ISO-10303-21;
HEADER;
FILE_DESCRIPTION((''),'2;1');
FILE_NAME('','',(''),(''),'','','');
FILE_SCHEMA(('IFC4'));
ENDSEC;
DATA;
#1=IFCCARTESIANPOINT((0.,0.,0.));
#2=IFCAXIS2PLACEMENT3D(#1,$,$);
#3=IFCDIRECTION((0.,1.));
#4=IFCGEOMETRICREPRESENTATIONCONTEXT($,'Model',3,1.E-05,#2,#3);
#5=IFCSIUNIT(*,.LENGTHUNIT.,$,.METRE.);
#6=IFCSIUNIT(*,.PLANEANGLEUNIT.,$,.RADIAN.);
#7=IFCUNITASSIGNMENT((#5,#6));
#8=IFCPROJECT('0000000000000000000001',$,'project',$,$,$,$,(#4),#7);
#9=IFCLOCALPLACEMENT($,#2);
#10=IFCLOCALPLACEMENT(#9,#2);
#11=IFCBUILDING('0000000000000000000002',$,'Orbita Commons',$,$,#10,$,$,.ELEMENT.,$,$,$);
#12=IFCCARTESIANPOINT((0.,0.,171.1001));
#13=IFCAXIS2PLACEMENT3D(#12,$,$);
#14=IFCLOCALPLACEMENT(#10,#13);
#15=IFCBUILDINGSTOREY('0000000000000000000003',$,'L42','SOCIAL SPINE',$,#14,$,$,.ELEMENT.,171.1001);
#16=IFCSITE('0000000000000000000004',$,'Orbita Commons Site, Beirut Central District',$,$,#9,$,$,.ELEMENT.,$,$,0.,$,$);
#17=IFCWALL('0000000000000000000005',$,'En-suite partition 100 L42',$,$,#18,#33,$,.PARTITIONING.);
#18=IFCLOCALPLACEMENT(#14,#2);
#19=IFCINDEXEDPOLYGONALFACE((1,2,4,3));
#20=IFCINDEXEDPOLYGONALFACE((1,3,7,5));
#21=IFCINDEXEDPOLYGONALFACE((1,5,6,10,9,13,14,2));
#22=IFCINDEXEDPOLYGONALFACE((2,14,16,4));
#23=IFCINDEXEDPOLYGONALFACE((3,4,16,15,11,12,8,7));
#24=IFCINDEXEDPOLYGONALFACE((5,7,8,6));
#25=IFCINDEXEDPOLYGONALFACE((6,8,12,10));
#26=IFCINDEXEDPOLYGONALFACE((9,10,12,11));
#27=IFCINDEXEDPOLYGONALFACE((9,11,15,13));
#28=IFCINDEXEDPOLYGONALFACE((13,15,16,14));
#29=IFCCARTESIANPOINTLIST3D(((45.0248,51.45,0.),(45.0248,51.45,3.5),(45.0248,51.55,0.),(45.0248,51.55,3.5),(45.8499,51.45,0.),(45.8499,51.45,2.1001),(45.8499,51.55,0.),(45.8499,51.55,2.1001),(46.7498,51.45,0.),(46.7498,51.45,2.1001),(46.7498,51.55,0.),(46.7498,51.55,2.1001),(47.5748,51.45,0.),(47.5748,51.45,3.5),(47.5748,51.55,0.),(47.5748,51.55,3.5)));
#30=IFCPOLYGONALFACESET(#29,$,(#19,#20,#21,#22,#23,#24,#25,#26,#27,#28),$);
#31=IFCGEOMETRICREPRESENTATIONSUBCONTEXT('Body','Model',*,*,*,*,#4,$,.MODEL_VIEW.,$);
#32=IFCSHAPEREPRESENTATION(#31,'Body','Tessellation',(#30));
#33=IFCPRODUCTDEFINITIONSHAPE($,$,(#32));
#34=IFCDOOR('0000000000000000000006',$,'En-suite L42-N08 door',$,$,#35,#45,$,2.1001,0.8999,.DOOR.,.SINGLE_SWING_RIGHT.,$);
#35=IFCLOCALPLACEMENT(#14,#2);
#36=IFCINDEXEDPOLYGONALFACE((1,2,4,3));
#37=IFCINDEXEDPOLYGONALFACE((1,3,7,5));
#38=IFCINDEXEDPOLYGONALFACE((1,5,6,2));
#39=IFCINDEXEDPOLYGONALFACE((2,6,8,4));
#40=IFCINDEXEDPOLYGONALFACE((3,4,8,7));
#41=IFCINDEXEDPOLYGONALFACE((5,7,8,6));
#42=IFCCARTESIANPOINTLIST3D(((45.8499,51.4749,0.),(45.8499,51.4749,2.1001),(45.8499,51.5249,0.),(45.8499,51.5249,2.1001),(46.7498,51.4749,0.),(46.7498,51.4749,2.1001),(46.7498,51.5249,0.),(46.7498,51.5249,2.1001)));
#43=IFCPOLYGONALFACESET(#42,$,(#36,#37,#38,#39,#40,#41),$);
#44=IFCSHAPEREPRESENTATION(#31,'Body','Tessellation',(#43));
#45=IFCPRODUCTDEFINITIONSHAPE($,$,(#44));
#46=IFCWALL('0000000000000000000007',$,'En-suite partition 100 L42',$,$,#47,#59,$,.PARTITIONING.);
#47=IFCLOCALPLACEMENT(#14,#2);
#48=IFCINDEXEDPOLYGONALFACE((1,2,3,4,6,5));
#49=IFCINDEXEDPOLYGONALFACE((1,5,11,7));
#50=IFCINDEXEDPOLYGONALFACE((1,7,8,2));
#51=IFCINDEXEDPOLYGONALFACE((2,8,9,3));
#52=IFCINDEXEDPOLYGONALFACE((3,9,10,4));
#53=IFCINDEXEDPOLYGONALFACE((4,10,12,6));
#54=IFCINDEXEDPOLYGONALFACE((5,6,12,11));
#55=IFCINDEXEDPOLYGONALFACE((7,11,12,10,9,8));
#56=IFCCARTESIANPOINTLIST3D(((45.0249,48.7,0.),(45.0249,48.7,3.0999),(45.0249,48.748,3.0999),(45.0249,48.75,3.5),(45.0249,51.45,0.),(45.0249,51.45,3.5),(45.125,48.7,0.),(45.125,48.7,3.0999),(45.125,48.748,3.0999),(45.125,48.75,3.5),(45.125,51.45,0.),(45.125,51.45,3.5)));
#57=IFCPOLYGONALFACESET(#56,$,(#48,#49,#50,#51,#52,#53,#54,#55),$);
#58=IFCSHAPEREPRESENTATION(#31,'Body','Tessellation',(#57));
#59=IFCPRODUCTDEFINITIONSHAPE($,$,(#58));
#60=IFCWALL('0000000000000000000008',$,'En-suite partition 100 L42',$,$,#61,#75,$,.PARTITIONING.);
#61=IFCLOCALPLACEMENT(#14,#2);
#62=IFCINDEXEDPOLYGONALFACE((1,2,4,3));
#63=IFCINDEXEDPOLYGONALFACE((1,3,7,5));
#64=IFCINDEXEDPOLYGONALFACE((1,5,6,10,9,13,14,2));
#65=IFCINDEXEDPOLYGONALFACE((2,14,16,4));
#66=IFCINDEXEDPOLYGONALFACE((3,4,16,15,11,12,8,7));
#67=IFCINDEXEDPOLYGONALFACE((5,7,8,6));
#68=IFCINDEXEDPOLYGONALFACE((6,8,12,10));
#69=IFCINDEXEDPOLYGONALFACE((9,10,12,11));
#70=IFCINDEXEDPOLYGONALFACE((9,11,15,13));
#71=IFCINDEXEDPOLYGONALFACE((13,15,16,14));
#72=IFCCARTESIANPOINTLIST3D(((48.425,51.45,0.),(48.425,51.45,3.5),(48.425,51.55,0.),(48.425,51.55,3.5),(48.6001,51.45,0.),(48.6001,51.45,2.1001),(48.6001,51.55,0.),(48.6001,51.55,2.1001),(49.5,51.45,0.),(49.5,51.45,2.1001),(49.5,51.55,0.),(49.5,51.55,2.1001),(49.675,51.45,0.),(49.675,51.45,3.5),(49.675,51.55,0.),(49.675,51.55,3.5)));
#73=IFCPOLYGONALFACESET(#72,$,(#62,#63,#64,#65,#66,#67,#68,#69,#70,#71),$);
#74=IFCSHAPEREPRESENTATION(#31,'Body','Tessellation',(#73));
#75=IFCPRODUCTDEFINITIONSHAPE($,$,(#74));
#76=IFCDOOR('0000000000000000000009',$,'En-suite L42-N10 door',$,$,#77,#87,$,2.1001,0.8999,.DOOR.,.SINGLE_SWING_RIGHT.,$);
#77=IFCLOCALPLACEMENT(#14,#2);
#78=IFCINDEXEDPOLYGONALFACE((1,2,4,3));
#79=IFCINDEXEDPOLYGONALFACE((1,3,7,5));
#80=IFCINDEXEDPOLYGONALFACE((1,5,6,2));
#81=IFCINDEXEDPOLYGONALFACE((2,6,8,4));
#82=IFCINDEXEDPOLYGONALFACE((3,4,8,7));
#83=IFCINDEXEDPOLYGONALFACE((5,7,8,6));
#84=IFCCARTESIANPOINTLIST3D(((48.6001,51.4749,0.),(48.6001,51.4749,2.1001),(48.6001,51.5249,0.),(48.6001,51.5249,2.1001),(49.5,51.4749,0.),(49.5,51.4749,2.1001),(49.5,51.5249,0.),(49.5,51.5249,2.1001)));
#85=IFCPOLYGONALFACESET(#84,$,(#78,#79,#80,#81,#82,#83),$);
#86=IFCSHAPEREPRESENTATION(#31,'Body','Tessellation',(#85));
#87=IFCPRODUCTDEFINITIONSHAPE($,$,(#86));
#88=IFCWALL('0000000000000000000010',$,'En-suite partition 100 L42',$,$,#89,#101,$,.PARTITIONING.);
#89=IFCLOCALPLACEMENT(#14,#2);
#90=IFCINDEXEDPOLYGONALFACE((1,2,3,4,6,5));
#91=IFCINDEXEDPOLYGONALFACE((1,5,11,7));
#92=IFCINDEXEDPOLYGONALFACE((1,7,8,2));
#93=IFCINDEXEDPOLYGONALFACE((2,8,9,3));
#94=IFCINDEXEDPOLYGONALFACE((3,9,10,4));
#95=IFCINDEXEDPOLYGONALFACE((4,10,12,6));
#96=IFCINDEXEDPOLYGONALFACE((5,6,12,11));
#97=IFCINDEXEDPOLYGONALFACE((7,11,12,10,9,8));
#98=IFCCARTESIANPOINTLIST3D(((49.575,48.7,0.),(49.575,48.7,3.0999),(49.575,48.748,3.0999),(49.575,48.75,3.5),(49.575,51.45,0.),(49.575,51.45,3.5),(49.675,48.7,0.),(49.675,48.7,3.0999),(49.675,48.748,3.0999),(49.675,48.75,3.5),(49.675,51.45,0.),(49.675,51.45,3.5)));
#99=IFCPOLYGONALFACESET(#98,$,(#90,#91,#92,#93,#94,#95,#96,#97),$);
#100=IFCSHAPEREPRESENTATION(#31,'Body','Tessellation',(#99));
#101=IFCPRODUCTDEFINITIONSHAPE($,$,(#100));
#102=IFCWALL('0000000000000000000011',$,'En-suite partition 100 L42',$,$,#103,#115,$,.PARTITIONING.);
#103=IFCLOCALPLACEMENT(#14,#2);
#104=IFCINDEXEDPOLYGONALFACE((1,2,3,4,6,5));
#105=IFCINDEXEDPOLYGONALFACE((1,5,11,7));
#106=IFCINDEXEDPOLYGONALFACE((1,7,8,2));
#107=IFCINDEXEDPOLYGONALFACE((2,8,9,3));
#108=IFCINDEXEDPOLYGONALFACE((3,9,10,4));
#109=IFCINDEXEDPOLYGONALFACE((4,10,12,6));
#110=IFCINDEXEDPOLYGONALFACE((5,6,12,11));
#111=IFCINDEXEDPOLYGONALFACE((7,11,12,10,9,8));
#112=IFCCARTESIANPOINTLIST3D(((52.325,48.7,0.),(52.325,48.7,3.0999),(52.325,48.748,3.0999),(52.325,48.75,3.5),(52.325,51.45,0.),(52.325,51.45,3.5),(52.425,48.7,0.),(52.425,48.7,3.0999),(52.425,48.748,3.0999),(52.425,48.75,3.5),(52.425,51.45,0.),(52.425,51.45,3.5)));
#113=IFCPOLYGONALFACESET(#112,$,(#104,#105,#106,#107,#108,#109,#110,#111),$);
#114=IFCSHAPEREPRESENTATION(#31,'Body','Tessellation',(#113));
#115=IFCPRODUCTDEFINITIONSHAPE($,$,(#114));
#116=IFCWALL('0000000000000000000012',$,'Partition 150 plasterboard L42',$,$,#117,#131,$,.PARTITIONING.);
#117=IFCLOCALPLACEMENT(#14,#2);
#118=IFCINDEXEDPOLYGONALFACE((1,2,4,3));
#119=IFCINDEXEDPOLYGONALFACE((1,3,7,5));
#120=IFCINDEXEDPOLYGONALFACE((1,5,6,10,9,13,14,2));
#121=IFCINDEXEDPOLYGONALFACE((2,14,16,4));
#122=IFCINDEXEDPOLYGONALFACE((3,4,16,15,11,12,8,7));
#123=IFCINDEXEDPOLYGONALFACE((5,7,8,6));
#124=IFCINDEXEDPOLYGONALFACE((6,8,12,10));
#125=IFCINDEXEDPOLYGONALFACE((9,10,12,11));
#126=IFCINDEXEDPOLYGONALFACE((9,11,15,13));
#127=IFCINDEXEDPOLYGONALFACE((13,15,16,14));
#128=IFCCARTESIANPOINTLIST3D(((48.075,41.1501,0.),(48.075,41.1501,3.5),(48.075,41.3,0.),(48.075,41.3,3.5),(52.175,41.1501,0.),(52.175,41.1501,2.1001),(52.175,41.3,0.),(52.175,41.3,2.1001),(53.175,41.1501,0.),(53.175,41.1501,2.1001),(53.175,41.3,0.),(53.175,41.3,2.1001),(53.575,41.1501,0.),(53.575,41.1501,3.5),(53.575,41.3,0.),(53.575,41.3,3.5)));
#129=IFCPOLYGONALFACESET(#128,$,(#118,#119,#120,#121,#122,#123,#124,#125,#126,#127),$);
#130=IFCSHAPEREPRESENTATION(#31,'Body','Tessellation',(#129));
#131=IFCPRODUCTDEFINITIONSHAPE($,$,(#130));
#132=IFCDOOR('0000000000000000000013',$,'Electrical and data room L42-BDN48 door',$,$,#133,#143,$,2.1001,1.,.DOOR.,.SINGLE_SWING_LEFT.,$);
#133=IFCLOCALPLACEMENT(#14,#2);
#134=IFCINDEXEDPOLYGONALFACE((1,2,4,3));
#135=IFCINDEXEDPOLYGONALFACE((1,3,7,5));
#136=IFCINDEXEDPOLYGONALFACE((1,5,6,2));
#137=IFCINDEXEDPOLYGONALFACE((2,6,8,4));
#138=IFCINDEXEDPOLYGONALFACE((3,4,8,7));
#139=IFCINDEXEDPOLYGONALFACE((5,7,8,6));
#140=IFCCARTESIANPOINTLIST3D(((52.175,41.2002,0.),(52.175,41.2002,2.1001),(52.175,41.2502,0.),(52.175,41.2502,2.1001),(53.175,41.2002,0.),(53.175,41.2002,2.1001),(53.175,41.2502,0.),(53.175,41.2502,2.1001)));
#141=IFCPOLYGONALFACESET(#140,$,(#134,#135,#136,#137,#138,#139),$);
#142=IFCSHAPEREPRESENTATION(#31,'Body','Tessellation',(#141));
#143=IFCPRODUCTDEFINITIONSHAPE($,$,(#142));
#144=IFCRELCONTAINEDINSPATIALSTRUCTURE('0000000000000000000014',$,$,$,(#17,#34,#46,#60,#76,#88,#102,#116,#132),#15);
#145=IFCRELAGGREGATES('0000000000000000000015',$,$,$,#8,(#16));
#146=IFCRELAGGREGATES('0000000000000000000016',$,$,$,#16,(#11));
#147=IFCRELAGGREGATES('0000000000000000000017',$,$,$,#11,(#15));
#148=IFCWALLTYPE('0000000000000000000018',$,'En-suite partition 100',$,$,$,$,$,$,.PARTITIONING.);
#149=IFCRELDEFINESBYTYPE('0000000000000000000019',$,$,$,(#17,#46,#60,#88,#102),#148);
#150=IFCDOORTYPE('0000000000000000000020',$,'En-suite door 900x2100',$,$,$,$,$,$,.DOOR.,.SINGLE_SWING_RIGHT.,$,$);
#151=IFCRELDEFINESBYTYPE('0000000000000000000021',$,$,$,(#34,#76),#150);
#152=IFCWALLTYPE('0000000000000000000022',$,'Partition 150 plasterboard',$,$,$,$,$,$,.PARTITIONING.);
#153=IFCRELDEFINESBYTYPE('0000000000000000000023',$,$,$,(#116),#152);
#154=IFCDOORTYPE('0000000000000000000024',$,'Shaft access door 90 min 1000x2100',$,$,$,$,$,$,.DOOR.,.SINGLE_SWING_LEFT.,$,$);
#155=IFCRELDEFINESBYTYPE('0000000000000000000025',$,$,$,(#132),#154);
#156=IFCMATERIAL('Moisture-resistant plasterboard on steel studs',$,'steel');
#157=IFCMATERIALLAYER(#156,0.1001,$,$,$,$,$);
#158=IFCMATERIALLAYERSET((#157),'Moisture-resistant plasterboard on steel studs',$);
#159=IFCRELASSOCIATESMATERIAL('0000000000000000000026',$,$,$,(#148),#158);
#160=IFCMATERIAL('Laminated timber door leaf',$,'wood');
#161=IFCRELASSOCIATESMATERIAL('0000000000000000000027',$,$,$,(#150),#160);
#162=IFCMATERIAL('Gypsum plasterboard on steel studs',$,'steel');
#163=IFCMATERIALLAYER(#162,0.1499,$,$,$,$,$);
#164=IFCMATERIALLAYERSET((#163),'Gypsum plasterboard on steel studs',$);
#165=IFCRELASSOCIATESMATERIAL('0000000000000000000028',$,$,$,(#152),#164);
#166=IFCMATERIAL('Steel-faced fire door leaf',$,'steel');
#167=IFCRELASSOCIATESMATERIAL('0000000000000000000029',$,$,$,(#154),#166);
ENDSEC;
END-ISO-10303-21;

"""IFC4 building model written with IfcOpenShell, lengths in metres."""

from ifc_helpers import new_model, si_unit, direction, frame, frame_2d, origin, place, context, subcontext, project, spatial, polyline, rectangle, outline, extrude, material, layer, layer_set, type_object, element, fill, save


model = new_model("IFC4")

# Units and contexts
model_context = context("Model", 3, precision=1e-05, world=origin(), true_north=direction((0.0, 1.0)))
body_context = subcontext(model_context, "Body", "Model", "MODEL_VIEW")
ifc_project = project(units=[si_unit("LENGTHUNIT", "METRE"), si_unit("PLANEANGLEUNIT", "RADIAN")], contexts=[model_context])

# Site, building, storey
site_placement = place(None, origin())
site = spatial("IfcSite", under=ifc_project, at=site_placement, Name="Orbita Commons Site, Beirut Central District", CompositionType="ELEMENT", RefElevation=0.0)
building_placement = place(site_placement, origin())
building = spatial("IfcBuilding", under=site, at=building_placement, Name="Orbita Commons", CompositionType="ELEMENT")
storey_placement = place(building_placement, frame((0.0, 0.0, 171.1001)))
storey = spatial("IfcBuildingStorey", under=building, at=storey_placement, Name="L42", Description="SOCIAL SPINE", CompositionType="ELEMENT", Elevation=171.1001)

# Wall, opening, door
ifc_material_1 = material(Name="Moisture-resistant plasterboard on steel studs", Category="steel")
ifc_layer_1 = layer(ifc_material_1, 0.1001)
ifc_layer_set_1 = layer_set([ifc_layer_1], Name="Moisture-resistant plasterboard on steel studs")
wall_type_1 = type_object("IfcWallType", Name="En-suite partition 100", PredefinedType="PARTITIONING", material=ifc_layer_set_1)
wall_1_placement = place(storey_placement, frame((45.0249, 51.5, 0.0), z_axis=(0.0, 0.0, 1.0), x_axis=(1.0, 0.0, 0.0)))
wall_1 = element("IfcWall", 1, at=wall_1_placement, inside=storey, type_object=wall_type_1, Name="En-suite partition 100 L42", PredefinedType="PARTITIONING", context=body_context, shape_type="SweptSolid", body=[
    extrude(rectangle(XDim=2.55, YDim=0.1001, at=frame_2d((1.2749, 0.0))), origin(), (0.0, 0.0, 1.0), 3.5),
])
opening_1_placement = place(wall_1_placement, frame((0.825, 0.0, 0.0)))
opening_1 = element("IfcOpeningElement", 2, at=opening_1_placement, cuts=wall_1, PredefinedType="OPENING", context=body_context, shape_type="SweptSolid", body=[
    extrude(rectangle(XDim=0.8999, YDim=2.1001, at=frame_2d((0.45, 1.05))), frame((0.0, 0.0601, 0.0), z_axis=(0.0, -1.0, 0.0), x_axis=(1.0, 0.0, 0.0)), (0.0, 0.0, 1.0), 0.1201),
])
ifc_material_2 = material(Name="Laminated timber door leaf", Category="wood")
door_type_1 = type_object("IfcDoorType", Name="En-suite door 900x2100", OperationType="SINGLE_SWING_RIGHT", PredefinedType="DOOR", material=ifc_material_2)
door_1_placement = place(opening_1_placement, origin())
door_1 = element("IfcDoor", 3, at=door_1_placement, inside=storey, type_object=door_type_1, Name="En-suite L42-N08 door", OperationType="SINGLE_SWING_RIGHT", OverallHeight=2.1001, OverallWidth=0.8999, PredefinedType="DOOR", context=body_context, shape_type="SweptSolid", body=[
    extrude(rectangle(XDim=0.8999, YDim=2.1001, at=frame_2d((0.45, 1.05))), frame((0.0, 0.0249, 0.0), z_axis=(0.0, -1.0, 0.0), x_axis=(1.0, 0.0, 0.0)), (0.0, 0.0, 1.0), 0.05),
])
fill(opening_1, door_1)

# Wall
wall_2_placement = place(storey_placement, frame((45.075, 51.45, 0.0), z_axis=(0.0, 0.0, 1.0), x_axis=(0.0, -1.0, 0.0)))
element("IfcWall", 4, at=wall_2_placement, inside=storey, type_object=wall_type_1, Name="En-suite partition 100 L42", PredefinedType="PARTITIONING", context=body_context, shape_type="SweptSolid", body=[
    extrude(outline(polyline([(0.0, 0.0), (2.75, 0.0), (2.75, 3.0999), (2.7019, 3.0999), (2.7, 3.5), (0.0, 3.5), (0.0, 0.0)])), frame((0.0, 0.05, 0.0), z_axis=(0.0, -1.0, 0.0), x_axis=(1.0, 0.0, 0.0)), (0.0, 0.0, 1.0), 0.1001),
])

# Wall, opening, door
wall_3_placement = place(storey_placement, frame((48.425, 51.5, 0.0), z_axis=(0.0, 0.0, 1.0), x_axis=(1.0, 0.0, 0.0)))
wall_3 = element("IfcWall", 5, at=wall_3_placement, inside=storey, type_object=wall_type_1, Name="En-suite partition 100 L42", PredefinedType="PARTITIONING", context=body_context, shape_type="SweptSolid", body=[
    extrude(rectangle(XDim=1.25, YDim=0.1001, at=frame_2d((0.625, 0.0))), origin(), (0.0, 0.0, 1.0), 3.5),
])
opening_2_placement = place(wall_3_placement, frame((0.175, 0.0, 0.0)))
opening_2 = element("IfcOpeningElement", 6, at=opening_2_placement, cuts=wall_3, PredefinedType="OPENING", context=body_context, shape_type="SweptSolid", body=[
    extrude(rectangle(XDim=0.8999, YDim=2.1001, at=frame_2d((0.45, 1.05))), frame((0.0, 0.0601, 0.0), z_axis=(0.0, -1.0, 0.0), x_axis=(1.0, 0.0, 0.0)), (0.0, 0.0, 1.0), 0.1201),
])
door_2_placement = place(opening_2_placement, origin())
door_2 = element("IfcDoor", 7, at=door_2_placement, inside=storey, type_object=door_type_1, Name="En-suite L42-N10 door", OperationType="SINGLE_SWING_RIGHT", OverallHeight=2.1001, OverallWidth=0.8999, PredefinedType="DOOR", context=body_context, shape_type="SweptSolid", body=[
    extrude(rectangle(XDim=0.8999, YDim=2.1001, at=frame_2d((0.45, 1.05))), frame((0.0, 0.0249, 0.0), z_axis=(0.0, -1.0, 0.0), x_axis=(1.0, 0.0, 0.0)), (0.0, 0.0, 1.0), 0.05),
])
fill(opening_2, door_2)

# Walls
for number, where, z_axis, x_axis, name in (
    (8, (49.625, 51.45, 0.0), (0.0, 0.0, 1.0), (0.0, -1.0, 0.0), "En-suite partition 100 L42"),
    (9, (52.375, 51.45, 0.0), (0.0, 0.0, 1.0), (0.0, -1.0, 0.0), "En-suite partition 100 L42"),
):
    element("IfcWall", number, at=place(storey_placement, frame(where, z_axis=z_axis, x_axis=x_axis)), inside=storey, type_object=wall_type_1, Name=name, PredefinedType="PARTITIONING", context=body_context, shape_type="SweptSolid", body=[
        extrude(outline(polyline([(0.0, 0.0), (2.75, 0.0), (2.75, 3.0999), (2.7019, 3.0999), (2.7, 3.5), (0.0, 3.5), (0.0, 0.0)])), frame((0.0, 0.05, 0.0), z_axis=(0.0, -1.0, 0.0), x_axis=(1.0, 0.0, 0.0)), (0.0, 0.0, 1.0), 0.1001),
    ])

# Wall, opening, door
ifc_material_3 = material(Name="Gypsum plasterboard on steel studs", Category="steel")
ifc_layer_2 = layer(ifc_material_3, 0.1499)
ifc_layer_set_2 = layer_set([ifc_layer_2], Name="Gypsum plasterboard on steel studs")
wall_type_2 = type_object("IfcWallType", Name="Partition 150 plasterboard", PredefinedType="PARTITIONING", material=ifc_layer_set_2)
wall_4_placement = place(storey_placement, frame((53.575, 41.2251, 0.0), z_axis=(0.0, 0.0, 1.0), x_axis=(-1.0, 0.0, 0.0)))
wall_4 = element("IfcWall", 10, at=wall_4_placement, inside=storey, type_object=wall_type_2, Name="Partition 150 plasterboard L42", PredefinedType="PARTITIONING", context=body_context, shape_type="SweptSolid", body=[
    extrude(rectangle(XDim=5.5, YDim=0.1499, at=frame_2d((2.75, 0.0))), origin(), (0.0, 0.0, 1.0), 3.5),
])
opening_3_placement = place(wall_4_placement, frame((0.3999, 0.0, 0.0)))
opening_3 = element("IfcOpeningElement", 11, at=opening_3_placement, cuts=wall_4, PredefinedType="OPENING", context=body_context, shape_type="SweptSolid", body=[
    extrude(rectangle(XDim=1.0, YDim=2.1001, at=frame_2d((0.5, 1.05))), frame((0.0, 0.085, 0.0), z_axis=(0.0, -1.0, 0.0), x_axis=(1.0, 0.0, 0.0)), (0.0, 0.0, 1.0), 0.1699),
])
ifc_material_4 = material(Name="Steel-faced fire door leaf", Category="steel")
door_type_2 = type_object("IfcDoorType", Name="Shaft access door 90 min 1000x2100", OperationType="SINGLE_SWING_LEFT", PredefinedType="DOOR", material=ifc_material_4)
door_3_placement = place(opening_3_placement, origin())
door_3 = element("IfcDoor", 12, at=door_3_placement, inside=storey, type_object=door_type_2, Name="Electrical and data room L42-BDN48 door", OperationType="SINGLE_SWING_LEFT", OverallHeight=2.1001, OverallWidth=1.0, PredefinedType="DOOR", context=body_context, shape_type="SweptSolid", body=[
    extrude(rectangle(XDim=1.0, YDim=2.1001, at=frame_2d((0.5, 1.05))), frame((0.0, 0.0249, 0.0), z_axis=(0.0, -1.0, 0.0), x_axis=(1.0, 0.0, 0.0)), (0.0, 0.0, 1.0), 0.05),
])
fill(opening_3, door_3)

save(model, "model.ifc")
